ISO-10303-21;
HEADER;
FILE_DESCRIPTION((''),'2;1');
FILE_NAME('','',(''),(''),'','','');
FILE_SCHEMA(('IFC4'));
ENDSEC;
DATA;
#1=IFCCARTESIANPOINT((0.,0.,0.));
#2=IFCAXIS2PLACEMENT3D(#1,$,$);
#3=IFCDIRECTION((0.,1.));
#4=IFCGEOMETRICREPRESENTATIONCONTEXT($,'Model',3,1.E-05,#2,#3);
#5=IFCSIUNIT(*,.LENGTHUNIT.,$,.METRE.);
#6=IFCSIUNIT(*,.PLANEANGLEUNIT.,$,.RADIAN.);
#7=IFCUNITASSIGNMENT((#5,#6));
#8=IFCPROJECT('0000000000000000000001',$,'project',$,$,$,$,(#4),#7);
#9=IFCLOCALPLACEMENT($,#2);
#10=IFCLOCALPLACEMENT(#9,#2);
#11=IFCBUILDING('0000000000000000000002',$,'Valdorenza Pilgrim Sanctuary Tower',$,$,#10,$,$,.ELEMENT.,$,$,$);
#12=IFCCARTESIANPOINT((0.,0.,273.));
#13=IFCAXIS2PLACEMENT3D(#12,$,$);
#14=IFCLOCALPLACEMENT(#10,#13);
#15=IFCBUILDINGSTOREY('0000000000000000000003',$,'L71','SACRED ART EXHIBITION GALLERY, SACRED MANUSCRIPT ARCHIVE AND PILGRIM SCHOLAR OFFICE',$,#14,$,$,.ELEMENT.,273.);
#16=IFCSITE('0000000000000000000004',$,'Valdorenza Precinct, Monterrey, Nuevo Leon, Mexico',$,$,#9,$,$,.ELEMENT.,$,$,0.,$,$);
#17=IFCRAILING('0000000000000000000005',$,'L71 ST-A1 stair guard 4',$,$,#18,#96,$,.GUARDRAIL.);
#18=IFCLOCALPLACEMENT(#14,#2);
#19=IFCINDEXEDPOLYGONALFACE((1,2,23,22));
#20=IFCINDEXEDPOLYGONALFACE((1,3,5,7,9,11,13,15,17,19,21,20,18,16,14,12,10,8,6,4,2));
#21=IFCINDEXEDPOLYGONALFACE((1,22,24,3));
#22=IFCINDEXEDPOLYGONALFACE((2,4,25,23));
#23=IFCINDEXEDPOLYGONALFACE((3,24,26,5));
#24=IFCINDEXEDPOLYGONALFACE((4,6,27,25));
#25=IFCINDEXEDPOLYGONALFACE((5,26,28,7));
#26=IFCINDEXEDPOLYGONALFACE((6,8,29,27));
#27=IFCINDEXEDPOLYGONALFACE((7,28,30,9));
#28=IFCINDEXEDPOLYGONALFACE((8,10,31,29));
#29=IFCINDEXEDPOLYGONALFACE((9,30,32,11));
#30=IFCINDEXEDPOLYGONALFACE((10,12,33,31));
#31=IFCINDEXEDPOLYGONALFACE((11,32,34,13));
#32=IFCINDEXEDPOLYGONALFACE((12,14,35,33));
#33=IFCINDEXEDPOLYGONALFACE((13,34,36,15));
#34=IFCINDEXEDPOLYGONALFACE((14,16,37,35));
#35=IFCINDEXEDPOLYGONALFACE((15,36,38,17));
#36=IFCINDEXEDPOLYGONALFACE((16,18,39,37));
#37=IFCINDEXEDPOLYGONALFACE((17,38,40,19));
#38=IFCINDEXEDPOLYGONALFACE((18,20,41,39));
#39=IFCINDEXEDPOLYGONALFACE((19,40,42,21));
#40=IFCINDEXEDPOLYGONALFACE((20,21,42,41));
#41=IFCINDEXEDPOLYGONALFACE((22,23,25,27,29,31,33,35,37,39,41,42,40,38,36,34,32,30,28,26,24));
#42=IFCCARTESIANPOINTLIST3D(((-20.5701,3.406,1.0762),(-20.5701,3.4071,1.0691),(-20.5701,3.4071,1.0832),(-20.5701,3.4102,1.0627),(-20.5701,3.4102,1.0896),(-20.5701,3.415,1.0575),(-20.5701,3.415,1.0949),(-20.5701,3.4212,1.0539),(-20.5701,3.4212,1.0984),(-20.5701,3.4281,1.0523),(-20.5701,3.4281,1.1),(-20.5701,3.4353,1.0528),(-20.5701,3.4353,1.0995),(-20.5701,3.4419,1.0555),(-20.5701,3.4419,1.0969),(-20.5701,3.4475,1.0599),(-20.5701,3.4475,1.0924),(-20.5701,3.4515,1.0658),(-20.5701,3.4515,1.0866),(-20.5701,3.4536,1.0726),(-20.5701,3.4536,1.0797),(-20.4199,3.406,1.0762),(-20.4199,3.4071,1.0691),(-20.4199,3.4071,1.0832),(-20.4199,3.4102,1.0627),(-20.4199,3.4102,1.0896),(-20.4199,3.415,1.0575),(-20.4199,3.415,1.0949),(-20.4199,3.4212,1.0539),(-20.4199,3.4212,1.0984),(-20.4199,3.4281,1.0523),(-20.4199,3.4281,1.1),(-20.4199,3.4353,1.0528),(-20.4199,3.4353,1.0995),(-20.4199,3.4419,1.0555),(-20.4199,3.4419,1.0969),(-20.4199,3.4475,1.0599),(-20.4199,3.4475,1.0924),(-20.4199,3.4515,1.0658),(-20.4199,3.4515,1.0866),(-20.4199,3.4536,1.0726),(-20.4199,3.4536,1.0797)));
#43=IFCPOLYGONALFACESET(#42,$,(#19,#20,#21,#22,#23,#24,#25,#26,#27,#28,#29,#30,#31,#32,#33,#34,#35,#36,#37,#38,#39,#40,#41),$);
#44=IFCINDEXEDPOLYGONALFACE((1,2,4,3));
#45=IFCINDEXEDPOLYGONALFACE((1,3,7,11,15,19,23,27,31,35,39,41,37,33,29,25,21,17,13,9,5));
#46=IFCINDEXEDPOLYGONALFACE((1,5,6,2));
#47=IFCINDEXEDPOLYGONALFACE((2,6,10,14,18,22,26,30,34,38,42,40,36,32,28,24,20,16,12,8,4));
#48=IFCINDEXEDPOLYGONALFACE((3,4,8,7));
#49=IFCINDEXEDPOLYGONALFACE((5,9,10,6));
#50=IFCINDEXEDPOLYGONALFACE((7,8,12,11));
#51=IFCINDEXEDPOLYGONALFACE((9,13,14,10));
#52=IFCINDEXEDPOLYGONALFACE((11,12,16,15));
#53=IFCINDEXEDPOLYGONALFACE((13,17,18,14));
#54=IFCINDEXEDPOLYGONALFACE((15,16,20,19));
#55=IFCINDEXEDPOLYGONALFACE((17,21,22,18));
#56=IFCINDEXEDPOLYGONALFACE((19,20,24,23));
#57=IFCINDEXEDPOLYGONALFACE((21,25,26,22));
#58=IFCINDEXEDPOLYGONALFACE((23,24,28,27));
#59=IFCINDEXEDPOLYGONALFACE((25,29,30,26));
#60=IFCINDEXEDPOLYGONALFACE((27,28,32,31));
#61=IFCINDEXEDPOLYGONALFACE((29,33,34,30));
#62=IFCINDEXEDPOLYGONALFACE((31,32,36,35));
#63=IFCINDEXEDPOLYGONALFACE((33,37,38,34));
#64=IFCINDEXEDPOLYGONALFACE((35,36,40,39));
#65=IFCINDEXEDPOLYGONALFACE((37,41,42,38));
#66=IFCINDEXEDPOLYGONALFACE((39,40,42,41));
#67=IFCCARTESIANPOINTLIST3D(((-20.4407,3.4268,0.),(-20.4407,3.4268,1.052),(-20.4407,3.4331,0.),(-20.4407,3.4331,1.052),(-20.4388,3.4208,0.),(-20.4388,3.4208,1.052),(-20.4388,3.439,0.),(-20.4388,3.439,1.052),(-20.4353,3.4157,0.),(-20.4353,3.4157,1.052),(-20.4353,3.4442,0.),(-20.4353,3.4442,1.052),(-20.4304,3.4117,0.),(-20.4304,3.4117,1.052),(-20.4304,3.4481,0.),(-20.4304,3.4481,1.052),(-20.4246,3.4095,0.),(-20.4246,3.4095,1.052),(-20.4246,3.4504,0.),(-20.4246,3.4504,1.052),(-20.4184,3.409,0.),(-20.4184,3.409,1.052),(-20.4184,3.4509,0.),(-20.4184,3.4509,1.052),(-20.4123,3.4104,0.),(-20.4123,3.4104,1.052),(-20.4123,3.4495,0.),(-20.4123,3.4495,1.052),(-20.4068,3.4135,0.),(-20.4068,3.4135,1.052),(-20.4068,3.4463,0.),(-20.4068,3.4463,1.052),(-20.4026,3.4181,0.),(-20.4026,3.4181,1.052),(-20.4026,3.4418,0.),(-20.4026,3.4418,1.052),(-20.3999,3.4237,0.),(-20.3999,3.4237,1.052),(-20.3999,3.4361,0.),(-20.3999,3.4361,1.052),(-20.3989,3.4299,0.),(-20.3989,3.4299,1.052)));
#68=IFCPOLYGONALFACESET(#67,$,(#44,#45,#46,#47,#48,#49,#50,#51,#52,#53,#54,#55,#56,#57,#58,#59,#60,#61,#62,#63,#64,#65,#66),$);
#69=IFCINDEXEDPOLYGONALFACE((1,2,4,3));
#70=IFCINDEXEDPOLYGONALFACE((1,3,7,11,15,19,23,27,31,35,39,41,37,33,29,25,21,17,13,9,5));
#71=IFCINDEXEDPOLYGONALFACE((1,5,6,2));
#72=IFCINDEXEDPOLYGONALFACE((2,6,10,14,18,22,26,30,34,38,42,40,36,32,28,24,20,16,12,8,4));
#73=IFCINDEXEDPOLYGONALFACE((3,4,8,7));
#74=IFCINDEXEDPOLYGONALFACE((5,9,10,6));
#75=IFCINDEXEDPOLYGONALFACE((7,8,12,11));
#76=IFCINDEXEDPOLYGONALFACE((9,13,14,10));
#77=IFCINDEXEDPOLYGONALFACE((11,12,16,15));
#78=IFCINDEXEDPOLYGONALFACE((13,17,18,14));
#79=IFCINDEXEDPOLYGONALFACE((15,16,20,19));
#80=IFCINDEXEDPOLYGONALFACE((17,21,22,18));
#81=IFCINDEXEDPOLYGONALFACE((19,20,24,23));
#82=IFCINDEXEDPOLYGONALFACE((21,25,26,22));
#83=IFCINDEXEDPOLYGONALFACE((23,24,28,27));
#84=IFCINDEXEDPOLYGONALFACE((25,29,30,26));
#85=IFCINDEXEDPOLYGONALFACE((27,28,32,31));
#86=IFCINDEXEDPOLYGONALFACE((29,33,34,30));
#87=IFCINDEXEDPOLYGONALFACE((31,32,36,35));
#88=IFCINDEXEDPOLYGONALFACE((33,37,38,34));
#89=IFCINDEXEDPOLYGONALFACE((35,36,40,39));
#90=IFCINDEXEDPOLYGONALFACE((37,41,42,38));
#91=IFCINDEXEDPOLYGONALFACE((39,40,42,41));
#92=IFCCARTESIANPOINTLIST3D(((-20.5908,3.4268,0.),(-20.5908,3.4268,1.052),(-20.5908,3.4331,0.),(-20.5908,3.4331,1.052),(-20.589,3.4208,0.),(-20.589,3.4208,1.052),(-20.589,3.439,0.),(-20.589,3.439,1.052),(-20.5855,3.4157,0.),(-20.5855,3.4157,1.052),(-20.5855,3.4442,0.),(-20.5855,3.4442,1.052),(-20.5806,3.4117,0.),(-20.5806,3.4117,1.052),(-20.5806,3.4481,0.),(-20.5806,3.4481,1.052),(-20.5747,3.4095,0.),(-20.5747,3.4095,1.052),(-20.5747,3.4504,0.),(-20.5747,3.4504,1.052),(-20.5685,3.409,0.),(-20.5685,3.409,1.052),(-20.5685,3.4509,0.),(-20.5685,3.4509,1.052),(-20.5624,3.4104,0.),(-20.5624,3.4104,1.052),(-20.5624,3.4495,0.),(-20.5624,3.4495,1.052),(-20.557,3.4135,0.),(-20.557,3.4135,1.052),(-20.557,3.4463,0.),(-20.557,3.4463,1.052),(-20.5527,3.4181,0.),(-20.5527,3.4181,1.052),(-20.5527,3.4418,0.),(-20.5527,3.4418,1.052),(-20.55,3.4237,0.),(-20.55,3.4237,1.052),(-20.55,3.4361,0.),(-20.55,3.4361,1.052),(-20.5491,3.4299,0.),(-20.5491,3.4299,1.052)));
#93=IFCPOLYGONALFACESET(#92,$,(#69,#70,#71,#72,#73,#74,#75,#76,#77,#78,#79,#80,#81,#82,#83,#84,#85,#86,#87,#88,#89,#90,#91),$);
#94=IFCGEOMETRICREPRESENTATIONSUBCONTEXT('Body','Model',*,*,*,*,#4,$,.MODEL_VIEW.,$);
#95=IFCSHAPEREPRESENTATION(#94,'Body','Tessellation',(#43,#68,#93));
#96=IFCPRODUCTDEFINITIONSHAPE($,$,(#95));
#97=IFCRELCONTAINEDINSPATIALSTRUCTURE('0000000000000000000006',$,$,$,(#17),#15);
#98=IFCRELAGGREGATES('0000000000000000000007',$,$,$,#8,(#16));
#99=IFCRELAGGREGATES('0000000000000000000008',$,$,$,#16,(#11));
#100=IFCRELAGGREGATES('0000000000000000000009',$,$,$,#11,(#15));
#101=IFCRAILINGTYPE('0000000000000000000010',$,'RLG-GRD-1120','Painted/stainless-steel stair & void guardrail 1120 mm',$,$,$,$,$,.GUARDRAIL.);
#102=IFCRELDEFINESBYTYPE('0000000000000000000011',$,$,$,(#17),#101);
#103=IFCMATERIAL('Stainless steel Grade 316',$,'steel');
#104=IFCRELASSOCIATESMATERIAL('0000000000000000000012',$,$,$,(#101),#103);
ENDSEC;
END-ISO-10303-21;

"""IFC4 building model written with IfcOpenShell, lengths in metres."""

from ifc_helpers import new_model, si_unit, direction, frame, origin, origin_2d, place, context, subcontext, project, spatial, circle, extrude, material, type_object, element, save


model = new_model("IFC4")

# Units and contexts
model_context = context("Model", 3, precision=1e-05, world=origin(), true_north=direction((0.0, 1.0)))
body_context = subcontext(model_context, "Body", "Model", "MODEL_VIEW")
ifc_project = project(units=[si_unit("LENGTHUNIT", "METRE"), si_unit("PLANEANGLEUNIT", "RADIAN")], contexts=[model_context])

# Site, building, storey
site_placement = place(None, origin())
site = spatial("IfcSite", under=ifc_project, at=site_placement, Name="Valdorenza Precinct, Monterrey, Nuevo Leon, Mexico", CompositionType="ELEMENT", RefElevation=0.0)
building_placement = place(site_placement, origin())
building = spatial("IfcBuilding", under=site, at=building_placement, Name="Valdorenza Pilgrim Sanctuary Tower", CompositionType="ELEMENT")
storey_placement = place(building_placement, frame((0.0, 0.0, 273.0)))
storey = spatial("IfcBuildingStorey", under=building, at=storey_placement, Name="L71", Description="SACRED ART EXHIBITION GALLERY, SACRED MANUSCRIPT ARCHIVE AND PILGRIM SCHOLAR OFFICE", CompositionType="ELEMENT", Elevation=273.0)

# Railing
ifc_material_1 = material(Name="Stainless steel Grade 316", Category="steel")
railing_type_1 = type_object("IfcRailingType", Name="RLG-GRD-1120", Description="Painted/stainless-steel stair & void guardrail 1120 mm", PredefinedType="GUARDRAIL", material=ifc_material_1)
railing_1_placement = place(storey_placement, frame((-20.4199, 3.4299, 0.0)))
element("IfcRailing", 1, at=railing_1_placement, inside=storey, type_object=railing_type_1, Name="L71 ST-A1 stair guard 4", PredefinedType="GUARDRAIL", context=body_context, shape_type="SweptSolid", body=[
    extrude(circle(Radius=0.0239, at=origin_2d()), frame((0.0, 0.0, 1.0762), z_axis=(-1.0, 0.0, 0.0), x_axis=(0.0, -1.0, 0.0)), (0.0, 0.0, 1.0), 0.1501),
    extrude(circle(Radius=0.021, at=origin_2d()), origin(), (0.0, 0.0, 1.0), 1.052),
    extrude(circle(Radius=0.021, at=origin_2d()), frame((-0.1501, 0.0, 0.0)), (0.0, 0.0, 1.0), 1.052),
])

save(model, "model.ifc")
